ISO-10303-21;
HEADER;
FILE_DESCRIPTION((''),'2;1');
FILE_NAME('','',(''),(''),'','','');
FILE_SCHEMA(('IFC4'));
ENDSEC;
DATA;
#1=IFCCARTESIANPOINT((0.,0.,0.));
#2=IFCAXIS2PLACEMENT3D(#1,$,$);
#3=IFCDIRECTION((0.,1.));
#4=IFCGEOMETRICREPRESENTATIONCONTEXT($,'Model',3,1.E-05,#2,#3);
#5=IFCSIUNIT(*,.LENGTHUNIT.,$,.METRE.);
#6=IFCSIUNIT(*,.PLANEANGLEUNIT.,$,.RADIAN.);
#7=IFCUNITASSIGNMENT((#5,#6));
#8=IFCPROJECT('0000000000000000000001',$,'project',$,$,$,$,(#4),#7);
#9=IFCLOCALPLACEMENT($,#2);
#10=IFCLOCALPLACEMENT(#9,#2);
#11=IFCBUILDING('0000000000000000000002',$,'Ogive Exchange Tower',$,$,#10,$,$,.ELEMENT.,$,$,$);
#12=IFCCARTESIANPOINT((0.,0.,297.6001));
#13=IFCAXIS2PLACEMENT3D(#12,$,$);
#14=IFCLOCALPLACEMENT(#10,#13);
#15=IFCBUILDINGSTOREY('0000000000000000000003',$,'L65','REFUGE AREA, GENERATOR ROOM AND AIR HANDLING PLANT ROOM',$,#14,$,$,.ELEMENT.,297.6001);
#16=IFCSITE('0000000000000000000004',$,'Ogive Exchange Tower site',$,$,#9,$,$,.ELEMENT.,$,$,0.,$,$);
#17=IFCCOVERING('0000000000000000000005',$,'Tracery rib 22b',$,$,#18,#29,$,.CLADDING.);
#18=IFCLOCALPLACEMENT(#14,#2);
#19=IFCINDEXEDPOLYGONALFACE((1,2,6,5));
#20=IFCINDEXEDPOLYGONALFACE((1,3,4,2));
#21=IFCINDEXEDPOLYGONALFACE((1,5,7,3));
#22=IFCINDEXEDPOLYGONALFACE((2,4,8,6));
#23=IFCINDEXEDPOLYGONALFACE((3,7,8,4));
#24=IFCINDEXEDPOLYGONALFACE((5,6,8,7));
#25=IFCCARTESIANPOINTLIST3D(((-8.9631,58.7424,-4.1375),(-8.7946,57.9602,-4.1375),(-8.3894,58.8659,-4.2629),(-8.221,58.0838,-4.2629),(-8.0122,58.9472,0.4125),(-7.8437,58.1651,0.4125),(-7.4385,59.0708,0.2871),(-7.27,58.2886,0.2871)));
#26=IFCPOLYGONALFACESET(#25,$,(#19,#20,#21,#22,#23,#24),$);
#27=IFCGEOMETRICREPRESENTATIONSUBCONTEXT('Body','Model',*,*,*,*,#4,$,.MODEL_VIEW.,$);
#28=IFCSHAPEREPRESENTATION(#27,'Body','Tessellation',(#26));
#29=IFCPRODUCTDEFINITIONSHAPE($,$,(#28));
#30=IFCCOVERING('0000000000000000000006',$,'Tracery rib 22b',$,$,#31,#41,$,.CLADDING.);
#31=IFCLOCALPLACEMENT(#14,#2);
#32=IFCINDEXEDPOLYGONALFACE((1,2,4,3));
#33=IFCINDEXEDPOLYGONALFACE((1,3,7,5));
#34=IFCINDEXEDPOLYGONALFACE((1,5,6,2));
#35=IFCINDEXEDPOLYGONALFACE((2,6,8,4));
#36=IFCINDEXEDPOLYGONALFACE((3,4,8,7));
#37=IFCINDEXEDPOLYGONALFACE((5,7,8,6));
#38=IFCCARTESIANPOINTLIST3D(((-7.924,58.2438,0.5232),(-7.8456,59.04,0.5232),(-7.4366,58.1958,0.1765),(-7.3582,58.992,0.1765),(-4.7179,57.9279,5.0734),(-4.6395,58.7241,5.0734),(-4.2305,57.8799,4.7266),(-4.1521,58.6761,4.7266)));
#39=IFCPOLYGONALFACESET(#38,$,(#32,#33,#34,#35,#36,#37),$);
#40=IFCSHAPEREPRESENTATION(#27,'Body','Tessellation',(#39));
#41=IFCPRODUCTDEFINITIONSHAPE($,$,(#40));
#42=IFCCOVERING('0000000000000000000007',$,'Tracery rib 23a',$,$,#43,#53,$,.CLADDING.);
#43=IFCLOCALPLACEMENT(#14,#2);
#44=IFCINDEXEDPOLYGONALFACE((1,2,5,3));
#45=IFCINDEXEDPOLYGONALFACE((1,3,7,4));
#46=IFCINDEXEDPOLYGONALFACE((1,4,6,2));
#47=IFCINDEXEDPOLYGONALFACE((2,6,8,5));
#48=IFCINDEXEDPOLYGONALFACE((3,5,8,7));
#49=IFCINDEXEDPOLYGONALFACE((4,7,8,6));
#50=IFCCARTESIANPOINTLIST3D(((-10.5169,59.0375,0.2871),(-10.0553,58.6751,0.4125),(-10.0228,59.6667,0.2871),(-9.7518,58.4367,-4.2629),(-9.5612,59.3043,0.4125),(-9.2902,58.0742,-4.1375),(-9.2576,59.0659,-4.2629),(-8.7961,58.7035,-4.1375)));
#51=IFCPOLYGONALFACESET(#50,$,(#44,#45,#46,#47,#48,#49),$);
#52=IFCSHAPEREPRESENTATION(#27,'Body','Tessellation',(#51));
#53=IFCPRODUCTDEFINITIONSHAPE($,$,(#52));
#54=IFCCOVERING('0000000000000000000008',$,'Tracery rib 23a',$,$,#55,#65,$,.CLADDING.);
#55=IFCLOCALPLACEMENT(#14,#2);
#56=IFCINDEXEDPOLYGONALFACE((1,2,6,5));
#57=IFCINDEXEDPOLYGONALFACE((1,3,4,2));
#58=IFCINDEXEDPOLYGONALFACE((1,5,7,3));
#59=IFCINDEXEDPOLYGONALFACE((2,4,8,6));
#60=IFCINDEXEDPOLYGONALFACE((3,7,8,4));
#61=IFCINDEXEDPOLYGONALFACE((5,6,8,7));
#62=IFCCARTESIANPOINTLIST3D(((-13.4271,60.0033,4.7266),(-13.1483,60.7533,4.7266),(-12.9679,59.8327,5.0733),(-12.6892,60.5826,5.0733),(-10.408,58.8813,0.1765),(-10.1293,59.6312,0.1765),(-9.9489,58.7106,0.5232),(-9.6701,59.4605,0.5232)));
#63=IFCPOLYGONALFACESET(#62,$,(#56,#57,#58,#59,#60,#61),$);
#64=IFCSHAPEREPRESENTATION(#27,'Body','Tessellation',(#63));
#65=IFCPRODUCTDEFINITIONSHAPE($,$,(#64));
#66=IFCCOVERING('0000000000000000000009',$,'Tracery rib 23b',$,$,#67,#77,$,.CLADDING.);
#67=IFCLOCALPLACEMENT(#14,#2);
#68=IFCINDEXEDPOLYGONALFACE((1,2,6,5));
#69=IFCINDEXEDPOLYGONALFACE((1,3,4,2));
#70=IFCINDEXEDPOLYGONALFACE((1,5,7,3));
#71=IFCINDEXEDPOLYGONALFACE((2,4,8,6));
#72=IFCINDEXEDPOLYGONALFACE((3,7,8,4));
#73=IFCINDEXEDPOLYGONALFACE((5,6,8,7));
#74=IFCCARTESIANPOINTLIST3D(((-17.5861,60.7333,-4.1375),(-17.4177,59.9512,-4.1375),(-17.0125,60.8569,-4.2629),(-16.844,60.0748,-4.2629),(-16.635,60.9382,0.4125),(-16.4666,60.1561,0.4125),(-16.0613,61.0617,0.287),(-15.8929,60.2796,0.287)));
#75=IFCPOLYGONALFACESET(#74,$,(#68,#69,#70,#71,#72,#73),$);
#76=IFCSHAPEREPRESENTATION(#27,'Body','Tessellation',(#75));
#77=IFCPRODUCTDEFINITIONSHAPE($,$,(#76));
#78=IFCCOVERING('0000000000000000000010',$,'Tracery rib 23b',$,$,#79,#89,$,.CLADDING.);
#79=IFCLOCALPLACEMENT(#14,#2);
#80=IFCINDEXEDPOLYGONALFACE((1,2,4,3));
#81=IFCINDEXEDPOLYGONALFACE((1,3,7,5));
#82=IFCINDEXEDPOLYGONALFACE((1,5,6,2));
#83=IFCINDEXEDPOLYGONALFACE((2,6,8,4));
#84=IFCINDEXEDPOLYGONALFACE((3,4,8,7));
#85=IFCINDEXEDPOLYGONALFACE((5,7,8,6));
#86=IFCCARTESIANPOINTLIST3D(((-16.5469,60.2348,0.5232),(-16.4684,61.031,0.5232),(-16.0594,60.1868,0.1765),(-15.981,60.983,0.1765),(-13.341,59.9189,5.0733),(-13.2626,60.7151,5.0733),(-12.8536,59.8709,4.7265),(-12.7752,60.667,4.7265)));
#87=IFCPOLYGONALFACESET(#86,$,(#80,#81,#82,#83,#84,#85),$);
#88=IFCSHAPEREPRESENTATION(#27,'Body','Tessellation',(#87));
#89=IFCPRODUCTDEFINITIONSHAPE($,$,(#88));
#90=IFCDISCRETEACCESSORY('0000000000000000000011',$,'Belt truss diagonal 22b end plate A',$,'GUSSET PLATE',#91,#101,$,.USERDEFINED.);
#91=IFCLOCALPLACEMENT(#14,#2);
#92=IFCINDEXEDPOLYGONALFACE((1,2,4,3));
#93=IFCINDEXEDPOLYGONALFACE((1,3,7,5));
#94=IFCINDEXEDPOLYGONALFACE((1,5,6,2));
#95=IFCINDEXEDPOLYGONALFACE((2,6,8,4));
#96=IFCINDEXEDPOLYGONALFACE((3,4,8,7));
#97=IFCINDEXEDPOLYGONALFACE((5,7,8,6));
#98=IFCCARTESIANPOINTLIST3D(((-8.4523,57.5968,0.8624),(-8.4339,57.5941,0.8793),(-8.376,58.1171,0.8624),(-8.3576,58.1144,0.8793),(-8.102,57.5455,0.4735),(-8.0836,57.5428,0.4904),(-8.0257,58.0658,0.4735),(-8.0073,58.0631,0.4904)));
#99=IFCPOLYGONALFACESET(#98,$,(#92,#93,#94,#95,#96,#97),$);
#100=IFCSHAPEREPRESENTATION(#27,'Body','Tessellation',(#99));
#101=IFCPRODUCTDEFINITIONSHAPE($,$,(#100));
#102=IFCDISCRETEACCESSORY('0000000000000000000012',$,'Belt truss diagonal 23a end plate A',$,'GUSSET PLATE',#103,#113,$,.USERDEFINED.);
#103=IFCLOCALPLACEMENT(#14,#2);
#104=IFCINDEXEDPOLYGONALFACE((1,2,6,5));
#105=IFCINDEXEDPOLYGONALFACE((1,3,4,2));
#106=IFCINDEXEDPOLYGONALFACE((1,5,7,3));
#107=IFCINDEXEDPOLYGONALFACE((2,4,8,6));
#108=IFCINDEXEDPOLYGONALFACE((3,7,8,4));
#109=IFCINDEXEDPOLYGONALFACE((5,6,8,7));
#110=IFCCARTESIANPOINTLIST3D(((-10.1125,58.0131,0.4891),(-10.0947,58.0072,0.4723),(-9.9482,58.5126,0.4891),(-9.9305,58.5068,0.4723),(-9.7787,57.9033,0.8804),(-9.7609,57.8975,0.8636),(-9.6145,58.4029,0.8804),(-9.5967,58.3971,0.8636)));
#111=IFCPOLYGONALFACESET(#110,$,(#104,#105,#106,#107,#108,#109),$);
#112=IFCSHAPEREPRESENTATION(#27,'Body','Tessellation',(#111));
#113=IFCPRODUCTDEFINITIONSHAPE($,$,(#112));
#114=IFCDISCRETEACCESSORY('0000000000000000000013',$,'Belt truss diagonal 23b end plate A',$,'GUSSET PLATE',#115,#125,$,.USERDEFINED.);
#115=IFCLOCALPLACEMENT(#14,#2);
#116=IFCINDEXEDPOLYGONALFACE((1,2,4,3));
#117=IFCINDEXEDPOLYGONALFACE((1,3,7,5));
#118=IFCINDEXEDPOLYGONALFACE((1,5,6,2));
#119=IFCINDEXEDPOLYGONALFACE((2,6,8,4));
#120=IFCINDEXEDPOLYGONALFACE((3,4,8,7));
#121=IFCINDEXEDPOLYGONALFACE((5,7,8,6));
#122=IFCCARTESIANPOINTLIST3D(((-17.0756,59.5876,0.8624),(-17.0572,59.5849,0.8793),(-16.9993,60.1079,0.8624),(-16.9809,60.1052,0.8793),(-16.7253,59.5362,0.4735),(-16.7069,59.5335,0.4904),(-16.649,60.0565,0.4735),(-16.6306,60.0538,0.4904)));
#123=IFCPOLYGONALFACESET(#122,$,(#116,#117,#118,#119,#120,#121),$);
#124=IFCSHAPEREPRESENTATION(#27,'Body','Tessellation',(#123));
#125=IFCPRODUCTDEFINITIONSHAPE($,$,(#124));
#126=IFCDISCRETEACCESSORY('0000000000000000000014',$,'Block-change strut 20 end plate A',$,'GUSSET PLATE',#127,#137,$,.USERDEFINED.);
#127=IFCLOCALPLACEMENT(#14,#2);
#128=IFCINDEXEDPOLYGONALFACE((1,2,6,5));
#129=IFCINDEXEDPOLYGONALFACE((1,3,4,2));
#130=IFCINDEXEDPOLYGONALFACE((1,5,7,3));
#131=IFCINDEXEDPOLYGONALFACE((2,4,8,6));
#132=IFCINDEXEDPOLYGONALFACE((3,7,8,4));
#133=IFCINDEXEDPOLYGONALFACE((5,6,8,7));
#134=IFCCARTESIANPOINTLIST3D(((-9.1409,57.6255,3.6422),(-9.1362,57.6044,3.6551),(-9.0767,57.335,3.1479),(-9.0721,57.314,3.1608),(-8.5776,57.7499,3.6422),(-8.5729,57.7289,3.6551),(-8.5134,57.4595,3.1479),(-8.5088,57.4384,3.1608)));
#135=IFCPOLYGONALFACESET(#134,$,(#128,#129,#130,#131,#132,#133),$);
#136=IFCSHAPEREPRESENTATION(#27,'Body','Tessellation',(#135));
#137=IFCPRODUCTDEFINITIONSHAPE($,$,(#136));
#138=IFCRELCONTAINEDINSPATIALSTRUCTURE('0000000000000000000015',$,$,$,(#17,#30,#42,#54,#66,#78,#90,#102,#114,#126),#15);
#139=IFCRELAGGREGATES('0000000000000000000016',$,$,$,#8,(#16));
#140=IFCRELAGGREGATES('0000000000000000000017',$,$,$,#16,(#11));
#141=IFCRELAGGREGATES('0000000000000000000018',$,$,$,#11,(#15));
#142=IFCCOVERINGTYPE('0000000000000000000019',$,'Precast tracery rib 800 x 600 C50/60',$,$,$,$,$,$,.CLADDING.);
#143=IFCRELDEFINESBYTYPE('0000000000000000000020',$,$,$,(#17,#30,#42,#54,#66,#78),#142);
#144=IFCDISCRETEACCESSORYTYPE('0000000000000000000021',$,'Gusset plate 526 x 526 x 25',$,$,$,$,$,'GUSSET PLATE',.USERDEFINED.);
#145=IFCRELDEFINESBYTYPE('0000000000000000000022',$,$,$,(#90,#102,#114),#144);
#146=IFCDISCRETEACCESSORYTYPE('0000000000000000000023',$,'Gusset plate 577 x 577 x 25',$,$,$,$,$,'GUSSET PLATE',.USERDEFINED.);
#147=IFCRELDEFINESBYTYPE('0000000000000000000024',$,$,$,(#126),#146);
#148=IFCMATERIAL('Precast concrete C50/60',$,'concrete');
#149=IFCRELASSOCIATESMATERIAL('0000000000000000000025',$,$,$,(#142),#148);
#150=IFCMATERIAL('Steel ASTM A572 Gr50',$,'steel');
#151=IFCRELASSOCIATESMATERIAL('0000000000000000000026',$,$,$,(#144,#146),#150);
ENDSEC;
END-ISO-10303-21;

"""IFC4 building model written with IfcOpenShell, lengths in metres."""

from ifc_helpers import new_model, si_unit, direction, frame, origin, origin_2d, place, context, subcontext, project, spatial, rectangle, extrude, material, material_profile, profile_set, type_object, element, save


model = new_model("IFC4")

# Units and contexts
model_context = context("Model", 3, precision=1e-05, world=origin(), true_north=direction((0.0, 1.0)))
body_context = subcontext(model_context, "Body", "Model", "MODEL_VIEW")
ifc_project = project(units=[si_unit("LENGTHUNIT", "METRE"), si_unit("PLANEANGLEUNIT", "RADIAN")], contexts=[model_context])

# Site, building, storey
site_placement = place(None, origin())
site = spatial("IfcSite", under=ifc_project, at=site_placement, Name="Ogive Exchange Tower site", CompositionType="ELEMENT", RefElevation=0.0)
building_placement = place(site_placement, origin())
building = spatial("IfcBuilding", under=site, at=building_placement, Name="Ogive Exchange Tower", CompositionType="ELEMENT")
storey_placement = place(building_placement, frame((0.0, 0.0, 297.6001)))
storey = spatial("IfcBuildingStorey", under=building, at=storey_placement, Name="L65", Description="REFUGE AREA, GENERATOR ROOM AND AIR HANDLING PLANT ROOM", CompositionType="ELEMENT", Elevation=297.6001)

# Coverings
ifc_material_1 = material(Name="Precast concrete C50/60", Category="concrete")
ifc_material_profile_1 = material_profile(ifc_material_1, rectangle(XDim=0.8, YDim=0.6001, at=origin_2d()), Name="RIB 800 x 600")
ifc_profile_set_1 = profile_set([ifc_material_profile_1], Name="Precast concrete C50/60")
covering_type = type_object("IfcCoveringType", Name="Precast tracery rib 800 x 600 C50/60", PredefinedType="CLADDING", material=ifc_profile_set_1)
covering_1_placement = place(storey_placement, frame((-8.592, 58.4131, -4.2002), z_axis=(0.204375, 0.044023, 0.977902), x_axis=(-0.210575, 0.977578, 0.0)))
element("IfcCovering", 1, at=covering_1_placement, inside=storey, type_object=covering_type, Name="Tracery rib 22b", PredefinedType="CLADDING", context=body_context, shape_type="SweptSolid", body=[
    extrude(rectangle(XDim=0.8, YDim=0.6001, at=origin_2d()), origin(), (0.0, 0.0, 1.0), 4.6528),
])
covering_2_placement = place(storey_placement, frame((-7.6411, 58.6179, 0.3499), z_axis=(0.575069, -0.056666, 0.81614), x_axis=(0.098063, 0.99518, 0.0)))
element("IfcCovering", 2, at=covering_2_placement, inside=storey, type_object=covering_type, Name="Tracery rib 22b", PredefinedType="CLADDING", context=body_context, shape_type="SweptSolid", body=[
    extrude(rectangle(XDim=0.8, YDim=0.6001, at=origin_2d()), origin(), (0.0, 0.0, 1.0), 5.5752),
])
covering_3_placement = place(storey_placement, frame((-9.2739, 58.5701, -4.2002), z_axis=(-0.164443, 0.129131, 0.977898), x_axis=(-0.6176, -0.786492, 0.0)))
element("IfcCovering", 3, at=covering_3_placement, inside=storey, type_object=covering_type, Name="Tracery rib 23a", PredefinedType="CLADDING", context=body_context, shape_type="SweptSolid", body=[
    extrude(rectangle(XDim=0.8, YDim=0.6001, at=origin_2d()), origin(), (0.0, 0.0, 1.0), 4.6528),
])
covering_4_placement = place(storey_placement, frame((-10.0391, 59.1709, 0.3499), z_axis=(-0.541567, 0.201281, 0.816205), x_axis=(-0.348381, -0.937353, 0.0)))
element("IfcCovering", 4, at=covering_4_placement, inside=storey, type_object=covering_type, Name="Tracery rib 23a", PredefinedType="CLADDING", context=body_context, shape_type="SweptSolid", body=[
    extrude(rectangle(XDim=0.8, YDim=0.6001, at=origin_2d()), origin(), (0.0, 0.0, 1.0), 5.5747),
])
covering_5_placement = place(storey_placement, frame((-17.2151, 60.4041, -4.2002), z_axis=(0.204425, 0.044023, 0.977892), x_axis=(-0.210523, 0.977589, 0.0)))
element("IfcCovering", 5, at=covering_5_placement, inside=storey, type_object=covering_type, Name="Tracery rib 23b", PredefinedType="CLADDING", context=body_context, shape_type="SweptSolid", body=[
    extrude(rectangle(XDim=0.8, YDim=0.6001, at=origin_2d()), origin(), (0.0, 0.0, 1.0), 4.6528),
])
covering_6_placement = place(storey_placement, frame((-16.2639, 60.6089, 0.3499), z_axis=(0.575039, -0.056667, 0.816161), x_axis=(0.09807, 0.995179, 0.0)))
element("IfcCovering", 6, at=covering_6_placement, inside=storey, type_object=covering_type, Name="Tracery rib 23b", PredefinedType="CLADDING", context=body_context, shape_type="SweptSolid", body=[
    extrude(rectangle(XDim=0.8, YDim=0.6001, at=origin_2d()), origin(), (0.0, 0.0, 1.0), 5.575),
])

# Discrete accessories
ifc_material_2 = material(Name="Steel ASTM A572 Gr50", Category="steel")
ifc_material_profile_2 = material_profile(ifc_material_2, rectangle(XDim=0.5259, YDim=0.5259, at=origin_2d()), Name="PL 526 x 526 x 25")
ifc_profile_set_2 = profile_set([ifc_material_profile_2], Name="Steel ASTM A572 Gr50")
discrete_accessory_type_1 = type_object("IfcDiscreteAccessoryType", Name="Gusset plate 526 x 526 x 25", ElementType="GUSSET PLATE", PredefinedType="USERDEFINED", material=ifc_profile_set_2)
for number, where, z_axis, x_axis, name in (
    (7, (-8.239, 57.8313, 0.668), (0.731681, -0.107313, 0.673147), (0.145114, 0.989415, 0.0), "Belt truss diagonal 22b end plate A"),
    (8, (-9.8457, 58.2021, 0.668), (-0.706842, 0.232386, 0.668111), (-0.312321, -0.949977, 0.0), "Belt truss diagonal 23a end plate A"),
    (9, (-16.8623, 59.822, 0.668), (0.731681, -0.107313, 0.673147), (0.145114, 0.989415, 0.0), "Belt truss diagonal 23b end plate A"),
):
    element("IfcDiscreteAccessory", number, at=place(storey_placement, frame(where, z_axis=z_axis, x_axis=x_axis)), inside=storey, type_object=discrete_accessory_type_1, Name=name, ObjectType="GUSSET PLATE", PredefinedType="USERDEFINED", context=body_context, shape_type="SweptSolid", body=[
        extrude(rectangle(XDim=0.5259, YDim=0.5259, at=origin_2d()), origin(), (0.0, 0.0, 1.0), 0.0251),
    ])
ifc_material_profile_3 = material_profile(ifc_material_2, rectangle(XDim=0.5769, YDim=0.5769, at=origin_2d()), Name="PL 577 x 577 x 25")
ifc_profile_set_3 = profile_set([ifc_material_profile_3], Name="Steel ASTM A572 Gr50")
discrete_accessory_type_2 = type_object("IfcDiscreteAccessoryType", Name="Gusset plate 577 x 577 x 25", ElementType="GUSSET PLATE", PredefinedType="USERDEFINED", material=ifc_profile_set_3)
discrete_accessory_placement = place(storey_placement, frame((-8.8271, 57.5425, 3.395), z_axis=(0.184841, -0.836649, 0.515609), x_axis=(0.976453, 0.215728, 0.0)))
element("IfcDiscreteAccessory", 10, at=discrete_accessory_placement, inside=storey, type_object=discrete_accessory_type_2, Name="Block-change strut 20 end plate A", ObjectType="GUSSET PLATE", PredefinedType="USERDEFINED", context=body_context, shape_type="SweptSolid", body=[
    extrude(rectangle(XDim=0.5769, YDim=0.5769, at=origin_2d()), origin(), (0.0, 0.0, 1.0), 0.0251),
])

save(model, "model.ifc")
